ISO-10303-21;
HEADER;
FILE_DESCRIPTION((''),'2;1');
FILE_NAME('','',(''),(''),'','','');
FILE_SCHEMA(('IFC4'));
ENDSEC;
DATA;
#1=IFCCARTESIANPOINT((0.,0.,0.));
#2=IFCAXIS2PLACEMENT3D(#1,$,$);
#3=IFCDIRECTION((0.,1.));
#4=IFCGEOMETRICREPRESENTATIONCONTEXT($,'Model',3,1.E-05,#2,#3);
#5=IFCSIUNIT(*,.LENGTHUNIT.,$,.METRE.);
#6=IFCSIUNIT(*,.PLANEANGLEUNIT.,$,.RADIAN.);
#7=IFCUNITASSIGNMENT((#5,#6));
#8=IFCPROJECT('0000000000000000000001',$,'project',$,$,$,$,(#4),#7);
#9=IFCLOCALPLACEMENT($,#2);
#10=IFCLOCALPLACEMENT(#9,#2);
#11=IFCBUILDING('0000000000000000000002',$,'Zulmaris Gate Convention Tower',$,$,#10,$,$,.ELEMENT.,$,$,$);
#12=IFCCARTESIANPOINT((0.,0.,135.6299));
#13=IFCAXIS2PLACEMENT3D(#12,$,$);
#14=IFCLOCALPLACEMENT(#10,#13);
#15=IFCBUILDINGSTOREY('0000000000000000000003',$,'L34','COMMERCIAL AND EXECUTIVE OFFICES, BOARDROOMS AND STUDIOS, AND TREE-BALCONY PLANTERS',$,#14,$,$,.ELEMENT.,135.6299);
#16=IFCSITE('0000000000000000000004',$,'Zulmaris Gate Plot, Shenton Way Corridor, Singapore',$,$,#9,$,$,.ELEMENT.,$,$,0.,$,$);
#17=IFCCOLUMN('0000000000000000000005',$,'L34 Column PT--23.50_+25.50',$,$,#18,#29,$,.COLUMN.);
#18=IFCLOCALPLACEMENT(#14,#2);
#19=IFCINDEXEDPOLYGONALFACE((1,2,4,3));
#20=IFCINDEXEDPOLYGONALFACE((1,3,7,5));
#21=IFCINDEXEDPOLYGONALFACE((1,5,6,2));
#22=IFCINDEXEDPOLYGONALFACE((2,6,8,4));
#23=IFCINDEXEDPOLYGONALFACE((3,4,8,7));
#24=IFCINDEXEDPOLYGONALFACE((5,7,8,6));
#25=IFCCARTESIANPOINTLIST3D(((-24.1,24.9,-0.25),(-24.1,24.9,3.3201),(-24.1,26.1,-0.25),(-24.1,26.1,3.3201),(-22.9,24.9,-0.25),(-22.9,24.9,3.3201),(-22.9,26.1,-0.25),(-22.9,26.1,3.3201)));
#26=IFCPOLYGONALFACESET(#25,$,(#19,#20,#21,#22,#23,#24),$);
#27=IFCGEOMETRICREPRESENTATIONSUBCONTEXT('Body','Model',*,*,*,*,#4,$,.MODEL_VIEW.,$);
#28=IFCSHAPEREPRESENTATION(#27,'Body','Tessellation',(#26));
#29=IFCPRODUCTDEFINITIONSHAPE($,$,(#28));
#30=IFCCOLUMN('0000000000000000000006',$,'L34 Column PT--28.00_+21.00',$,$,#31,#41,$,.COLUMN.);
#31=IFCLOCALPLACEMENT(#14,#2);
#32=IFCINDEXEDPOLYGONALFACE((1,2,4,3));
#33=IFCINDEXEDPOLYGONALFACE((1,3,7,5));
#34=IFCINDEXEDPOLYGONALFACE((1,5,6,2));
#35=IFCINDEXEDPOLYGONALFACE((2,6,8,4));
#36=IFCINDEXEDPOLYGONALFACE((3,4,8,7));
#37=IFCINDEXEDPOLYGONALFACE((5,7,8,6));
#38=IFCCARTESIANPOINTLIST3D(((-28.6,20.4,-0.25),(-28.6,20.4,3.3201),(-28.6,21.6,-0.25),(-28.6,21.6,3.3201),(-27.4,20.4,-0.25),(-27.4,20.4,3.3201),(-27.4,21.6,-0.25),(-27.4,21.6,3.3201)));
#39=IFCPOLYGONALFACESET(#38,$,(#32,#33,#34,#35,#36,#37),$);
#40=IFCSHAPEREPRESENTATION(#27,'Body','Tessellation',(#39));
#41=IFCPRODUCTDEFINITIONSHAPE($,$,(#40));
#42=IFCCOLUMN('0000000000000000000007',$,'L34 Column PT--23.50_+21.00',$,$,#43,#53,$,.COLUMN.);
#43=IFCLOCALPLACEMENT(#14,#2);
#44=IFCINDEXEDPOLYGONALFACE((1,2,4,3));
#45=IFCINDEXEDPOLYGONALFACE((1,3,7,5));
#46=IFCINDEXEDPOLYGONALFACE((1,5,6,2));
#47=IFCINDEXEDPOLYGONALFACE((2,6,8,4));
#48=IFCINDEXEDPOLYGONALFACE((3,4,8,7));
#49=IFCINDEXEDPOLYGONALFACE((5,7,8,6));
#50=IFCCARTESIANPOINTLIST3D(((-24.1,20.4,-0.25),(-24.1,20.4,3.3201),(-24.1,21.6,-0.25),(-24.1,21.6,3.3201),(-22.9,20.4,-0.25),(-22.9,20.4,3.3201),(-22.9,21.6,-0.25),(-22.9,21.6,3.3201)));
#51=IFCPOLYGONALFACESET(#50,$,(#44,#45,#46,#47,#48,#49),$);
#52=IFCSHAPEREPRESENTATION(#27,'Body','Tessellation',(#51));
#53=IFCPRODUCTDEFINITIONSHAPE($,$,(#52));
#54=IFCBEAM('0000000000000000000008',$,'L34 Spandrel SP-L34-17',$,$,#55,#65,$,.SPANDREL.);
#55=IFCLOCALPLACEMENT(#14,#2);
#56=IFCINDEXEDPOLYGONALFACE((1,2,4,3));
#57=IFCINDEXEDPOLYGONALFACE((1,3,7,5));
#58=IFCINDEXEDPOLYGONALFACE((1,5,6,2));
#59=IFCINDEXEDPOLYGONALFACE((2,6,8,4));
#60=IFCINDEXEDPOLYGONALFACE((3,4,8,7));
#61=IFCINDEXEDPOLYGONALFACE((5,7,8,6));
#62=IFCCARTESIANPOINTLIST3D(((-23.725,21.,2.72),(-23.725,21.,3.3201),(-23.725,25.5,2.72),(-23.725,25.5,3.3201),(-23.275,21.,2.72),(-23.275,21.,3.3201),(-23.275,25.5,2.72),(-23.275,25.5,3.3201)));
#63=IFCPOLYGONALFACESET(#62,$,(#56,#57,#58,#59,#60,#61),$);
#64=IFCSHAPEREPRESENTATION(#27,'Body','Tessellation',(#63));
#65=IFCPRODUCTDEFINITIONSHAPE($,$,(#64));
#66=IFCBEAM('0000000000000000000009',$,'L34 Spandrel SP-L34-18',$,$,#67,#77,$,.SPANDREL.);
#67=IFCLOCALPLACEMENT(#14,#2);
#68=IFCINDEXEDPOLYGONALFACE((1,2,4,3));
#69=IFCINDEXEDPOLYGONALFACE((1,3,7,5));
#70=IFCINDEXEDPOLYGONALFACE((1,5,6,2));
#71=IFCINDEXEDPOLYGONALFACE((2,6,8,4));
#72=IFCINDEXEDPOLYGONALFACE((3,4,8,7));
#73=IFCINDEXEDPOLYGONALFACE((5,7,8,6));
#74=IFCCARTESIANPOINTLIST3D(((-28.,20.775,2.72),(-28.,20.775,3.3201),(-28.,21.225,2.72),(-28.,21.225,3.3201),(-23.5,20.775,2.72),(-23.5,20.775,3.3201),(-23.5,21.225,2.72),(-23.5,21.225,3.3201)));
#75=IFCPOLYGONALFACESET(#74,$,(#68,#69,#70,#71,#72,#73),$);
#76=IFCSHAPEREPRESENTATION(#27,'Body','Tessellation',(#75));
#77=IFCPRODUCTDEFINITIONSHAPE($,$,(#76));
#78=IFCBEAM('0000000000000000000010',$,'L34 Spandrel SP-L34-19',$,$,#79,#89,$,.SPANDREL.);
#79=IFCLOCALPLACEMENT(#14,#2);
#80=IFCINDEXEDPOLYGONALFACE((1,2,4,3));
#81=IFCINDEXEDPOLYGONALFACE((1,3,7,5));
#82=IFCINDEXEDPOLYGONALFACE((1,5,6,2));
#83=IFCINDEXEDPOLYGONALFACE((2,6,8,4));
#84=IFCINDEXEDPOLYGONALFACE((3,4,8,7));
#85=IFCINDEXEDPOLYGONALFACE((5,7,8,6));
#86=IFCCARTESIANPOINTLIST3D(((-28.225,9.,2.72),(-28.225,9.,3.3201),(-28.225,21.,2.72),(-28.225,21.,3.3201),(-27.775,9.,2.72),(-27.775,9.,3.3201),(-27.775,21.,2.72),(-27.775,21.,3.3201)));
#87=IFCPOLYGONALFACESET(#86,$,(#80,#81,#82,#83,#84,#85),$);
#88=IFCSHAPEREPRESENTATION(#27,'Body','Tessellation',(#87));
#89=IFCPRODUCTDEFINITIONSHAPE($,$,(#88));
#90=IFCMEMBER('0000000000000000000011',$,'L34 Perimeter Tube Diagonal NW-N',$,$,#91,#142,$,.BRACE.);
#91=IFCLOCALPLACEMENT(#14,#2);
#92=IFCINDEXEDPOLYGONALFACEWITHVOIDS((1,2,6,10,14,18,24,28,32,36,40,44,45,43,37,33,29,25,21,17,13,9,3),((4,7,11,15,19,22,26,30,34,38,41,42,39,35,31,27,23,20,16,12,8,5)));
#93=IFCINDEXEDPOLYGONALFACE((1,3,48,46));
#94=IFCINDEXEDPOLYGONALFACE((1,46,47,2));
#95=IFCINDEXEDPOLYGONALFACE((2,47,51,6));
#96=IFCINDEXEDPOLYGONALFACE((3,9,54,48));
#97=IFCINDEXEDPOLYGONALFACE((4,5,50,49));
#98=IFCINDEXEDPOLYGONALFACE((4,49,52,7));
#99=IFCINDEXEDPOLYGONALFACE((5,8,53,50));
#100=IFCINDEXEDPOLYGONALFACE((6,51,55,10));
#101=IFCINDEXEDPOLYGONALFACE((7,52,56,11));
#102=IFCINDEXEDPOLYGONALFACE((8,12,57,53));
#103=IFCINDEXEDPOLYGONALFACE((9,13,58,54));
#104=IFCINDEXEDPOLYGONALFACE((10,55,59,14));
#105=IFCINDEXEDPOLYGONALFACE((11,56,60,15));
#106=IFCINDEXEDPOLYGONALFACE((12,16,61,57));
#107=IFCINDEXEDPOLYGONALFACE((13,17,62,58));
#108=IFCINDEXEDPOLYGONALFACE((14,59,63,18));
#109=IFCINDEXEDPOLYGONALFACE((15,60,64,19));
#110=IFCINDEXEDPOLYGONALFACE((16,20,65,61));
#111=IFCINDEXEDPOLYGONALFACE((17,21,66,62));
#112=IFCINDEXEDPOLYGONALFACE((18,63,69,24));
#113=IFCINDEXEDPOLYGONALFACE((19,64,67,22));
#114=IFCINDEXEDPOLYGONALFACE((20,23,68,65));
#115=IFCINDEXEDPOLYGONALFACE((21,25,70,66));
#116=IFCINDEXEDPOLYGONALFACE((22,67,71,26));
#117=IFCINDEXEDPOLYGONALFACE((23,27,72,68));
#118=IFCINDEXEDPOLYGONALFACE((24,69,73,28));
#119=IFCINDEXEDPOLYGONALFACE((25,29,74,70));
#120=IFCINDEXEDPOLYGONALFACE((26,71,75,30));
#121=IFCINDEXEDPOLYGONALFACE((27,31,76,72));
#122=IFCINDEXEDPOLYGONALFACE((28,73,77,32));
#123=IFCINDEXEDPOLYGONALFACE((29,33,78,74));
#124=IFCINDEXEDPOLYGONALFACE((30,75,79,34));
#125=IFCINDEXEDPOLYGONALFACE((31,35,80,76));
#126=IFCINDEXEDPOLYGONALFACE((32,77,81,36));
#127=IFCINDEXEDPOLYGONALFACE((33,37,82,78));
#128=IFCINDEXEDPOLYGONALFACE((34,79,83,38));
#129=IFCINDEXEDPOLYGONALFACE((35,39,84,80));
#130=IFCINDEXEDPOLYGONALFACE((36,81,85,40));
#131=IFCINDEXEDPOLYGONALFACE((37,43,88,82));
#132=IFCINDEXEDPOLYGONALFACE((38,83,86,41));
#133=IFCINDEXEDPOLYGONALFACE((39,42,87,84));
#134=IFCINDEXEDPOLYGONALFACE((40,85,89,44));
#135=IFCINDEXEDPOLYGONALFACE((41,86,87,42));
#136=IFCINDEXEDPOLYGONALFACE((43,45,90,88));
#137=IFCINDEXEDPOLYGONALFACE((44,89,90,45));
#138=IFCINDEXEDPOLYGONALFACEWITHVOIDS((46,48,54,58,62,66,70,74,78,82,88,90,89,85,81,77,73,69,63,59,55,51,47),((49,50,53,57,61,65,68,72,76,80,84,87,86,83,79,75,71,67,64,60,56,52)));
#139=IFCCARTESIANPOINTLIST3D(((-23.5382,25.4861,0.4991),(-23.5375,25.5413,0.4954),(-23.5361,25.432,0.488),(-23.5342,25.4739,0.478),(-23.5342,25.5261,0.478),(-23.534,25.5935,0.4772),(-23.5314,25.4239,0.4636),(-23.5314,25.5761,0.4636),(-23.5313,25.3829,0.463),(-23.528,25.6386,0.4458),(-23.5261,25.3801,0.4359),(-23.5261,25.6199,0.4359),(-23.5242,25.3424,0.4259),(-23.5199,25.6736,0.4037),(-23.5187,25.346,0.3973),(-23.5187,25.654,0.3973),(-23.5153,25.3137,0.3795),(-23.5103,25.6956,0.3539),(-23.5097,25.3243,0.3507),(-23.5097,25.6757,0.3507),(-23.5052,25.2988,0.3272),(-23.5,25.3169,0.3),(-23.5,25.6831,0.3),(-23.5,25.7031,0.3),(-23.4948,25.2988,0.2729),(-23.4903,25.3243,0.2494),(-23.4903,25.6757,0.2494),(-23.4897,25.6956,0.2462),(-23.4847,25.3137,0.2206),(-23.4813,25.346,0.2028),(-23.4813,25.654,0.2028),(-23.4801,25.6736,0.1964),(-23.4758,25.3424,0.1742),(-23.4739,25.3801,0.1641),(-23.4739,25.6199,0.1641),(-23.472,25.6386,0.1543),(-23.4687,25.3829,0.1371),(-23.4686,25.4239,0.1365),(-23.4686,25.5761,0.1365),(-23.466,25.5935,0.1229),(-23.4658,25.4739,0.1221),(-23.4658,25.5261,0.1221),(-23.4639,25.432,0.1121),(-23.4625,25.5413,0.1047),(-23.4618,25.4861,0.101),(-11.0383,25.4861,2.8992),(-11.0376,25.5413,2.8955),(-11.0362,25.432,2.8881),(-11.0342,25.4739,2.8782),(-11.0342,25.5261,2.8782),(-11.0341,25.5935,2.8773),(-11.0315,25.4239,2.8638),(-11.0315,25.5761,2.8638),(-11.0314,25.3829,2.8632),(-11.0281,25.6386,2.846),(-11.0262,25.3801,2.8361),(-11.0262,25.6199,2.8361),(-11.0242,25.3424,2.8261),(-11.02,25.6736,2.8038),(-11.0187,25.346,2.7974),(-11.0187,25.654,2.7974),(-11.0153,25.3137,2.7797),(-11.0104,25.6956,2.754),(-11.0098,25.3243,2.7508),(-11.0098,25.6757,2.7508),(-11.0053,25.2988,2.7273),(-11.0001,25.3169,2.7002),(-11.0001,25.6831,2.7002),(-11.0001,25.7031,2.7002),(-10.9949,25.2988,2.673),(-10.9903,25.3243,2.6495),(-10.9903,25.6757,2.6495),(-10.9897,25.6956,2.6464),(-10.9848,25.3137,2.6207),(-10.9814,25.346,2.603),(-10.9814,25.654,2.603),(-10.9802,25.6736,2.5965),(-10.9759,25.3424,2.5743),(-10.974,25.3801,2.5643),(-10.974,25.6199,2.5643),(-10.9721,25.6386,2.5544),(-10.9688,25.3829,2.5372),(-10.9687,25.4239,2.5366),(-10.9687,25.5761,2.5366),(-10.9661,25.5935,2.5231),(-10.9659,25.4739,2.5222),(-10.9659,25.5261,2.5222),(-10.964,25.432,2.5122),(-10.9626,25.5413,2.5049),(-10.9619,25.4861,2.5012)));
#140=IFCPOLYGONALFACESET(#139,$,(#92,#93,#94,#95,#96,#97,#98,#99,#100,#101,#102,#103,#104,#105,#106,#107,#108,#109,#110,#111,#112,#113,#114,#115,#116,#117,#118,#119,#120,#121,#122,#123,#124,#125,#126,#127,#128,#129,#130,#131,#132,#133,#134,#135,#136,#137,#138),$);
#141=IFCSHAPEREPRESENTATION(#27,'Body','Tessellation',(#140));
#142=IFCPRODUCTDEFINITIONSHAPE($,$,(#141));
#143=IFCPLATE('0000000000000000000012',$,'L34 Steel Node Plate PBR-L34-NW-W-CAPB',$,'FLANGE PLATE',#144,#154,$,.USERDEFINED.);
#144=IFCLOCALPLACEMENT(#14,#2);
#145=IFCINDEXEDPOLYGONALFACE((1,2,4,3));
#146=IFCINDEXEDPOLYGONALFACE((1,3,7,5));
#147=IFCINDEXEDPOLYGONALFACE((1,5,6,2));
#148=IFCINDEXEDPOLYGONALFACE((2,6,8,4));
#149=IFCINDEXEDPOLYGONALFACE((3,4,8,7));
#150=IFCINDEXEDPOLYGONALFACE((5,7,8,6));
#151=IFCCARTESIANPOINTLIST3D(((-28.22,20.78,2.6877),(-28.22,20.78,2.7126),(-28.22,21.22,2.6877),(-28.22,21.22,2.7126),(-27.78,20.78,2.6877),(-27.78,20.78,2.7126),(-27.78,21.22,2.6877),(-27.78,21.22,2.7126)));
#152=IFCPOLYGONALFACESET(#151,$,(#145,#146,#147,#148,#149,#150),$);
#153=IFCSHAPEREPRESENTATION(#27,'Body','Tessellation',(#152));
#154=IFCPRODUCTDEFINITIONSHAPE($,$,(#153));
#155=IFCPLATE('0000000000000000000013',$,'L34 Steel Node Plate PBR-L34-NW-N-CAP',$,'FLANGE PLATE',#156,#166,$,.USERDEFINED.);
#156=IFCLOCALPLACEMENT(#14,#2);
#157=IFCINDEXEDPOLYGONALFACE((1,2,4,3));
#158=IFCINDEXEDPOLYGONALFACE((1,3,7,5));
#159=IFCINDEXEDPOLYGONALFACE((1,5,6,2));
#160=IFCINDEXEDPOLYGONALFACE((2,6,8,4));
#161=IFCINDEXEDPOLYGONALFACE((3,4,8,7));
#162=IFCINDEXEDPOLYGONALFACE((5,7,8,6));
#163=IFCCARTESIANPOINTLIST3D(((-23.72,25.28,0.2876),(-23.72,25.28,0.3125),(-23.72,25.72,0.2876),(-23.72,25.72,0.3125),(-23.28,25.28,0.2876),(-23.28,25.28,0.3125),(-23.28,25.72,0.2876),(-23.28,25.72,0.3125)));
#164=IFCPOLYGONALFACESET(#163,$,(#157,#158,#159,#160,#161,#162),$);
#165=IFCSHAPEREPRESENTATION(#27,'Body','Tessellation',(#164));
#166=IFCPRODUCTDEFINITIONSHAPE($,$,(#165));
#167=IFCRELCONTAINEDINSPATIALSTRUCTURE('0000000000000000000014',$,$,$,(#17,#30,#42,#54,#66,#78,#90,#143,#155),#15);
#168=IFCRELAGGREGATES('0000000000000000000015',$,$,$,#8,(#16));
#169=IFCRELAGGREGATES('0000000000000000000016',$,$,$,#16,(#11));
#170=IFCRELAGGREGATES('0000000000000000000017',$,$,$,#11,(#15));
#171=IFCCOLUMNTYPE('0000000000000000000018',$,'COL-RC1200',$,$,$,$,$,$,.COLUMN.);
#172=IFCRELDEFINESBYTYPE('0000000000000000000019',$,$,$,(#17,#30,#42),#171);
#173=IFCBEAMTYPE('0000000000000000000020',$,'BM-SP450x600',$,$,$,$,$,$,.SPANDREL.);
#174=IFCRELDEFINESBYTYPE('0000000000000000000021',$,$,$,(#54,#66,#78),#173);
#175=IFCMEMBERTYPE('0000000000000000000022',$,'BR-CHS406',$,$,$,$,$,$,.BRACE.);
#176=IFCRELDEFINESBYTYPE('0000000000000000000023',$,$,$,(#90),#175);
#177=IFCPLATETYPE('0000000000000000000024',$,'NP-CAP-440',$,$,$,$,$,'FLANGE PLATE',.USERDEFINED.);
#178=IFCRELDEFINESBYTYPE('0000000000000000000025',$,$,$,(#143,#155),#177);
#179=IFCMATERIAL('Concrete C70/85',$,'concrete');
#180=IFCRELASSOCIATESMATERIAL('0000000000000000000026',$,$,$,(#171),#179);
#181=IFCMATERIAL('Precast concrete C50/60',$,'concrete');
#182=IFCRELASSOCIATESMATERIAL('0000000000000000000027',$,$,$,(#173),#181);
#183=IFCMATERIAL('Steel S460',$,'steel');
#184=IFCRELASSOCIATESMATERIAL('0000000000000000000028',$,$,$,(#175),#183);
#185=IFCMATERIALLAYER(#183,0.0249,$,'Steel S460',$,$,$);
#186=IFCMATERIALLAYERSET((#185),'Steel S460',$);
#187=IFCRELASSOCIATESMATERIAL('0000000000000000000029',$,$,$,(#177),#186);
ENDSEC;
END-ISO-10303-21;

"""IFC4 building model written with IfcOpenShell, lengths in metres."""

from ifc_helpers import new_model, si_unit, direction, frame, origin, origin_2d, place, context, subcontext, project, spatial, rectangle, hollow_circle, extrude, material, layer, layer_set, material_profile, profile_set, type_object, element, save


model = new_model("IFC4")

# Units and contexts
model_context = context("Model", 3, precision=1e-05, world=origin(), true_north=direction((0.0, 1.0)))
body_context = subcontext(model_context, "Body", "Model", "MODEL_VIEW")
ifc_project = project(units=[si_unit("LENGTHUNIT", "METRE"), si_unit("PLANEANGLEUNIT", "RADIAN")], contexts=[model_context])

# Site, building, storey
site_placement = place(None, origin())
site = spatial("IfcSite", under=ifc_project, at=site_placement, Name="Zulmaris Gate Plot, Shenton Way Corridor, Singapore", CompositionType="ELEMENT", RefElevation=0.0)
building_placement = place(site_placement, origin())
building = spatial("IfcBuilding", under=site, at=building_placement, Name="Zulmaris Gate Convention Tower", CompositionType="ELEMENT")
storey_placement = place(building_placement, frame((0.0, 0.0, 135.6299)))
storey = spatial("IfcBuildingStorey", under=building, at=storey_placement, Name="L34", Description="COMMERCIAL AND EXECUTIVE OFFICES, BOARDROOMS AND STUDIOS, AND TREE-BALCONY PLANTERS", CompositionType="ELEMENT", Elevation=135.6299)

# Columns
ifc_material_1 = material(Name="Concrete C70/85", Category="concrete")
ifc_material_profile_1 = material_profile(ifc_material_1, rectangle(XDim=1.2, YDim=1.2, at=origin_2d()), Name="RC COL 1200x1200")
ifc_profile_set_1 = profile_set([ifc_material_profile_1], Name="Concrete C70/85")
column_type = type_object("IfcColumnType", Name="COL-RC1200", PredefinedType="COLUMN", material=ifc_profile_set_1)
for number, where, z_axis, x_axis, name in (
    (1, (-23.5, 25.5, -0.25), (0.0, 0.0, 1.0), (1.0, 0.0, 0.0), "L34 Column PT--23.50_+25.50"),
    (2, (-28.0, 21.0, -0.25), (0.0, 0.0, 1.0), (1.0, 0.0, 0.0), "L34 Column PT--28.00_+21.00"),
    (3, (-23.5, 21.0, -0.25), (0.0, 0.0, 1.0), (1.0, 0.0, 0.0), "L34 Column PT--23.50_+21.00"),
):
    element("IfcColumn", number, at=place(storey_placement, frame(where, z_axis=z_axis, x_axis=x_axis)), inside=storey, type_object=column_type, Name=name, PredefinedType="COLUMN", context=body_context, shape_type="SweptSolid", body=[
        extrude(rectangle(XDim=1.2, YDim=1.2, at=origin_2d()), origin(), (0.0, 0.0, 1.0), 3.5701),
    ])

# Beams
ifc_material_2 = material(Name="Precast concrete C50/60", Category="concrete")
ifc_material_profile_2 = material_profile(ifc_material_2, rectangle(XDim=0.45, YDim=0.6001, at=origin_2d()), Name="RC SPANDREL 450x600")
ifc_profile_set_2 = profile_set([ifc_material_profile_2], Name="Precast concrete C50/60")
beam_type = type_object("IfcBeamType", Name="BM-SP450x600", PredefinedType="SPANDREL", material=ifc_profile_set_2)
for number, where, z_axis, x_axis, name in (
    (4, (-23.5, 25.5, 3.02), (0.0, -1.0, 0.0), (1.0, 0.0, 0.0), "L34 Spandrel SP-L34-17"),
    (5, (-23.5, 21.0, 3.02), (-1.0, 0.0, 0.0), (0.0, -1.0, 0.0), "L34 Spandrel SP-L34-18"),
):
    element("IfcBeam", number, at=place(storey_placement, frame(where, z_axis=z_axis, x_axis=x_axis)), inside=storey, type_object=beam_type, Name=name, PredefinedType="SPANDREL", context=body_context, shape_type="SweptSolid", body=[
        extrude(rectangle(XDim=0.45, YDim=0.6001, at=origin_2d()), origin(), (0.0, 0.0, 1.0), 4.5),
    ])
beam_placement = place(storey_placement, frame((-28.0, 21.0, 3.02), z_axis=(0.0, -1.0, 0.0), x_axis=(1.0, 0.0, 0.0)))
element("IfcBeam", 6, at=beam_placement, inside=storey, type_object=beam_type, Name="L34 Spandrel SP-L34-19", PredefinedType="SPANDREL", context=body_context, shape_type="SweptSolid", body=[
    extrude(rectangle(XDim=0.45, YDim=0.6001, at=origin_2d()), origin(), (0.0, 0.0, 1.0), 12.0),
])

# Member
ifc_material_3 = material(Name="Steel S460", Category="steel")
ifc_material_profile_3 = material_profile(ifc_material_3, hollow_circle(Radius=0.2031, WallThickness=0.02, at=origin_2d()), Name="CHS 406.4x20")
ifc_profile_set_3 = profile_set([ifc_material_profile_3], Name="Steel S460")
member_type = type_object("IfcMemberType", Name="BR-CHS406", PredefinedType="BRACE", material=ifc_profile_set_3)
member_placement = place(storey_placement, frame((-23.5, 25.5, 0.3), z_axis=(0.98206, 0.0, 0.188567), x_axis=(0.0, 1.0, 0.0)))
element("IfcMember", 7, at=member_placement, inside=storey, type_object=member_type, Name="L34 Perimeter Tube Diagonal NW-N", PredefinedType="BRACE", context=body_context, shape_type="SweptSolid", body=[
    extrude(hollow_circle(Radius=0.2031, WallThickness=0.02, at=origin_2d()), origin(), (0.0, 0.0, 1.0), 12.7283),
])

# Plates
ifc_layer_1 = layer(ifc_material_3, 0.0249, Name="Steel S460")
ifc_layer_set_1 = layer_set([ifc_layer_1], Name="Steel S460")
plate_type = type_object("IfcPlateType", Name="NP-CAP-440", ElementType="FLANGE PLATE", PredefinedType="USERDEFINED", material=ifc_layer_set_1)
for number, where, z_axis, x_axis, name in (
    (8, (-28.0, 21.0, 2.6877), (0.0, 0.0, 1.0), (1.0, 0.0, 0.0), "L34 Steel Node Plate PBR-L34-NW-W-CAPB"),
    (9, (-23.5, 25.5, 0.2876), (0.0, 0.0, 1.0), (1.0, 0.0, 0.0), "L34 Steel Node Plate PBR-L34-NW-N-CAP"),
):
    element("IfcPlate", number, at=place(storey_placement, frame(where, z_axis=z_axis, x_axis=x_axis)), inside=storey, type_object=plate_type, Name=name, ObjectType="FLANGE PLATE", PredefinedType="USERDEFINED", context=body_context, shape_type="SweptSolid", body=[
        extrude(rectangle(XDim=0.4399, YDim=0.4399, at=origin_2d()), origin(), (0.0, 0.0, 1.0), 0.0249),
    ])

save(model, "model.ifc")
